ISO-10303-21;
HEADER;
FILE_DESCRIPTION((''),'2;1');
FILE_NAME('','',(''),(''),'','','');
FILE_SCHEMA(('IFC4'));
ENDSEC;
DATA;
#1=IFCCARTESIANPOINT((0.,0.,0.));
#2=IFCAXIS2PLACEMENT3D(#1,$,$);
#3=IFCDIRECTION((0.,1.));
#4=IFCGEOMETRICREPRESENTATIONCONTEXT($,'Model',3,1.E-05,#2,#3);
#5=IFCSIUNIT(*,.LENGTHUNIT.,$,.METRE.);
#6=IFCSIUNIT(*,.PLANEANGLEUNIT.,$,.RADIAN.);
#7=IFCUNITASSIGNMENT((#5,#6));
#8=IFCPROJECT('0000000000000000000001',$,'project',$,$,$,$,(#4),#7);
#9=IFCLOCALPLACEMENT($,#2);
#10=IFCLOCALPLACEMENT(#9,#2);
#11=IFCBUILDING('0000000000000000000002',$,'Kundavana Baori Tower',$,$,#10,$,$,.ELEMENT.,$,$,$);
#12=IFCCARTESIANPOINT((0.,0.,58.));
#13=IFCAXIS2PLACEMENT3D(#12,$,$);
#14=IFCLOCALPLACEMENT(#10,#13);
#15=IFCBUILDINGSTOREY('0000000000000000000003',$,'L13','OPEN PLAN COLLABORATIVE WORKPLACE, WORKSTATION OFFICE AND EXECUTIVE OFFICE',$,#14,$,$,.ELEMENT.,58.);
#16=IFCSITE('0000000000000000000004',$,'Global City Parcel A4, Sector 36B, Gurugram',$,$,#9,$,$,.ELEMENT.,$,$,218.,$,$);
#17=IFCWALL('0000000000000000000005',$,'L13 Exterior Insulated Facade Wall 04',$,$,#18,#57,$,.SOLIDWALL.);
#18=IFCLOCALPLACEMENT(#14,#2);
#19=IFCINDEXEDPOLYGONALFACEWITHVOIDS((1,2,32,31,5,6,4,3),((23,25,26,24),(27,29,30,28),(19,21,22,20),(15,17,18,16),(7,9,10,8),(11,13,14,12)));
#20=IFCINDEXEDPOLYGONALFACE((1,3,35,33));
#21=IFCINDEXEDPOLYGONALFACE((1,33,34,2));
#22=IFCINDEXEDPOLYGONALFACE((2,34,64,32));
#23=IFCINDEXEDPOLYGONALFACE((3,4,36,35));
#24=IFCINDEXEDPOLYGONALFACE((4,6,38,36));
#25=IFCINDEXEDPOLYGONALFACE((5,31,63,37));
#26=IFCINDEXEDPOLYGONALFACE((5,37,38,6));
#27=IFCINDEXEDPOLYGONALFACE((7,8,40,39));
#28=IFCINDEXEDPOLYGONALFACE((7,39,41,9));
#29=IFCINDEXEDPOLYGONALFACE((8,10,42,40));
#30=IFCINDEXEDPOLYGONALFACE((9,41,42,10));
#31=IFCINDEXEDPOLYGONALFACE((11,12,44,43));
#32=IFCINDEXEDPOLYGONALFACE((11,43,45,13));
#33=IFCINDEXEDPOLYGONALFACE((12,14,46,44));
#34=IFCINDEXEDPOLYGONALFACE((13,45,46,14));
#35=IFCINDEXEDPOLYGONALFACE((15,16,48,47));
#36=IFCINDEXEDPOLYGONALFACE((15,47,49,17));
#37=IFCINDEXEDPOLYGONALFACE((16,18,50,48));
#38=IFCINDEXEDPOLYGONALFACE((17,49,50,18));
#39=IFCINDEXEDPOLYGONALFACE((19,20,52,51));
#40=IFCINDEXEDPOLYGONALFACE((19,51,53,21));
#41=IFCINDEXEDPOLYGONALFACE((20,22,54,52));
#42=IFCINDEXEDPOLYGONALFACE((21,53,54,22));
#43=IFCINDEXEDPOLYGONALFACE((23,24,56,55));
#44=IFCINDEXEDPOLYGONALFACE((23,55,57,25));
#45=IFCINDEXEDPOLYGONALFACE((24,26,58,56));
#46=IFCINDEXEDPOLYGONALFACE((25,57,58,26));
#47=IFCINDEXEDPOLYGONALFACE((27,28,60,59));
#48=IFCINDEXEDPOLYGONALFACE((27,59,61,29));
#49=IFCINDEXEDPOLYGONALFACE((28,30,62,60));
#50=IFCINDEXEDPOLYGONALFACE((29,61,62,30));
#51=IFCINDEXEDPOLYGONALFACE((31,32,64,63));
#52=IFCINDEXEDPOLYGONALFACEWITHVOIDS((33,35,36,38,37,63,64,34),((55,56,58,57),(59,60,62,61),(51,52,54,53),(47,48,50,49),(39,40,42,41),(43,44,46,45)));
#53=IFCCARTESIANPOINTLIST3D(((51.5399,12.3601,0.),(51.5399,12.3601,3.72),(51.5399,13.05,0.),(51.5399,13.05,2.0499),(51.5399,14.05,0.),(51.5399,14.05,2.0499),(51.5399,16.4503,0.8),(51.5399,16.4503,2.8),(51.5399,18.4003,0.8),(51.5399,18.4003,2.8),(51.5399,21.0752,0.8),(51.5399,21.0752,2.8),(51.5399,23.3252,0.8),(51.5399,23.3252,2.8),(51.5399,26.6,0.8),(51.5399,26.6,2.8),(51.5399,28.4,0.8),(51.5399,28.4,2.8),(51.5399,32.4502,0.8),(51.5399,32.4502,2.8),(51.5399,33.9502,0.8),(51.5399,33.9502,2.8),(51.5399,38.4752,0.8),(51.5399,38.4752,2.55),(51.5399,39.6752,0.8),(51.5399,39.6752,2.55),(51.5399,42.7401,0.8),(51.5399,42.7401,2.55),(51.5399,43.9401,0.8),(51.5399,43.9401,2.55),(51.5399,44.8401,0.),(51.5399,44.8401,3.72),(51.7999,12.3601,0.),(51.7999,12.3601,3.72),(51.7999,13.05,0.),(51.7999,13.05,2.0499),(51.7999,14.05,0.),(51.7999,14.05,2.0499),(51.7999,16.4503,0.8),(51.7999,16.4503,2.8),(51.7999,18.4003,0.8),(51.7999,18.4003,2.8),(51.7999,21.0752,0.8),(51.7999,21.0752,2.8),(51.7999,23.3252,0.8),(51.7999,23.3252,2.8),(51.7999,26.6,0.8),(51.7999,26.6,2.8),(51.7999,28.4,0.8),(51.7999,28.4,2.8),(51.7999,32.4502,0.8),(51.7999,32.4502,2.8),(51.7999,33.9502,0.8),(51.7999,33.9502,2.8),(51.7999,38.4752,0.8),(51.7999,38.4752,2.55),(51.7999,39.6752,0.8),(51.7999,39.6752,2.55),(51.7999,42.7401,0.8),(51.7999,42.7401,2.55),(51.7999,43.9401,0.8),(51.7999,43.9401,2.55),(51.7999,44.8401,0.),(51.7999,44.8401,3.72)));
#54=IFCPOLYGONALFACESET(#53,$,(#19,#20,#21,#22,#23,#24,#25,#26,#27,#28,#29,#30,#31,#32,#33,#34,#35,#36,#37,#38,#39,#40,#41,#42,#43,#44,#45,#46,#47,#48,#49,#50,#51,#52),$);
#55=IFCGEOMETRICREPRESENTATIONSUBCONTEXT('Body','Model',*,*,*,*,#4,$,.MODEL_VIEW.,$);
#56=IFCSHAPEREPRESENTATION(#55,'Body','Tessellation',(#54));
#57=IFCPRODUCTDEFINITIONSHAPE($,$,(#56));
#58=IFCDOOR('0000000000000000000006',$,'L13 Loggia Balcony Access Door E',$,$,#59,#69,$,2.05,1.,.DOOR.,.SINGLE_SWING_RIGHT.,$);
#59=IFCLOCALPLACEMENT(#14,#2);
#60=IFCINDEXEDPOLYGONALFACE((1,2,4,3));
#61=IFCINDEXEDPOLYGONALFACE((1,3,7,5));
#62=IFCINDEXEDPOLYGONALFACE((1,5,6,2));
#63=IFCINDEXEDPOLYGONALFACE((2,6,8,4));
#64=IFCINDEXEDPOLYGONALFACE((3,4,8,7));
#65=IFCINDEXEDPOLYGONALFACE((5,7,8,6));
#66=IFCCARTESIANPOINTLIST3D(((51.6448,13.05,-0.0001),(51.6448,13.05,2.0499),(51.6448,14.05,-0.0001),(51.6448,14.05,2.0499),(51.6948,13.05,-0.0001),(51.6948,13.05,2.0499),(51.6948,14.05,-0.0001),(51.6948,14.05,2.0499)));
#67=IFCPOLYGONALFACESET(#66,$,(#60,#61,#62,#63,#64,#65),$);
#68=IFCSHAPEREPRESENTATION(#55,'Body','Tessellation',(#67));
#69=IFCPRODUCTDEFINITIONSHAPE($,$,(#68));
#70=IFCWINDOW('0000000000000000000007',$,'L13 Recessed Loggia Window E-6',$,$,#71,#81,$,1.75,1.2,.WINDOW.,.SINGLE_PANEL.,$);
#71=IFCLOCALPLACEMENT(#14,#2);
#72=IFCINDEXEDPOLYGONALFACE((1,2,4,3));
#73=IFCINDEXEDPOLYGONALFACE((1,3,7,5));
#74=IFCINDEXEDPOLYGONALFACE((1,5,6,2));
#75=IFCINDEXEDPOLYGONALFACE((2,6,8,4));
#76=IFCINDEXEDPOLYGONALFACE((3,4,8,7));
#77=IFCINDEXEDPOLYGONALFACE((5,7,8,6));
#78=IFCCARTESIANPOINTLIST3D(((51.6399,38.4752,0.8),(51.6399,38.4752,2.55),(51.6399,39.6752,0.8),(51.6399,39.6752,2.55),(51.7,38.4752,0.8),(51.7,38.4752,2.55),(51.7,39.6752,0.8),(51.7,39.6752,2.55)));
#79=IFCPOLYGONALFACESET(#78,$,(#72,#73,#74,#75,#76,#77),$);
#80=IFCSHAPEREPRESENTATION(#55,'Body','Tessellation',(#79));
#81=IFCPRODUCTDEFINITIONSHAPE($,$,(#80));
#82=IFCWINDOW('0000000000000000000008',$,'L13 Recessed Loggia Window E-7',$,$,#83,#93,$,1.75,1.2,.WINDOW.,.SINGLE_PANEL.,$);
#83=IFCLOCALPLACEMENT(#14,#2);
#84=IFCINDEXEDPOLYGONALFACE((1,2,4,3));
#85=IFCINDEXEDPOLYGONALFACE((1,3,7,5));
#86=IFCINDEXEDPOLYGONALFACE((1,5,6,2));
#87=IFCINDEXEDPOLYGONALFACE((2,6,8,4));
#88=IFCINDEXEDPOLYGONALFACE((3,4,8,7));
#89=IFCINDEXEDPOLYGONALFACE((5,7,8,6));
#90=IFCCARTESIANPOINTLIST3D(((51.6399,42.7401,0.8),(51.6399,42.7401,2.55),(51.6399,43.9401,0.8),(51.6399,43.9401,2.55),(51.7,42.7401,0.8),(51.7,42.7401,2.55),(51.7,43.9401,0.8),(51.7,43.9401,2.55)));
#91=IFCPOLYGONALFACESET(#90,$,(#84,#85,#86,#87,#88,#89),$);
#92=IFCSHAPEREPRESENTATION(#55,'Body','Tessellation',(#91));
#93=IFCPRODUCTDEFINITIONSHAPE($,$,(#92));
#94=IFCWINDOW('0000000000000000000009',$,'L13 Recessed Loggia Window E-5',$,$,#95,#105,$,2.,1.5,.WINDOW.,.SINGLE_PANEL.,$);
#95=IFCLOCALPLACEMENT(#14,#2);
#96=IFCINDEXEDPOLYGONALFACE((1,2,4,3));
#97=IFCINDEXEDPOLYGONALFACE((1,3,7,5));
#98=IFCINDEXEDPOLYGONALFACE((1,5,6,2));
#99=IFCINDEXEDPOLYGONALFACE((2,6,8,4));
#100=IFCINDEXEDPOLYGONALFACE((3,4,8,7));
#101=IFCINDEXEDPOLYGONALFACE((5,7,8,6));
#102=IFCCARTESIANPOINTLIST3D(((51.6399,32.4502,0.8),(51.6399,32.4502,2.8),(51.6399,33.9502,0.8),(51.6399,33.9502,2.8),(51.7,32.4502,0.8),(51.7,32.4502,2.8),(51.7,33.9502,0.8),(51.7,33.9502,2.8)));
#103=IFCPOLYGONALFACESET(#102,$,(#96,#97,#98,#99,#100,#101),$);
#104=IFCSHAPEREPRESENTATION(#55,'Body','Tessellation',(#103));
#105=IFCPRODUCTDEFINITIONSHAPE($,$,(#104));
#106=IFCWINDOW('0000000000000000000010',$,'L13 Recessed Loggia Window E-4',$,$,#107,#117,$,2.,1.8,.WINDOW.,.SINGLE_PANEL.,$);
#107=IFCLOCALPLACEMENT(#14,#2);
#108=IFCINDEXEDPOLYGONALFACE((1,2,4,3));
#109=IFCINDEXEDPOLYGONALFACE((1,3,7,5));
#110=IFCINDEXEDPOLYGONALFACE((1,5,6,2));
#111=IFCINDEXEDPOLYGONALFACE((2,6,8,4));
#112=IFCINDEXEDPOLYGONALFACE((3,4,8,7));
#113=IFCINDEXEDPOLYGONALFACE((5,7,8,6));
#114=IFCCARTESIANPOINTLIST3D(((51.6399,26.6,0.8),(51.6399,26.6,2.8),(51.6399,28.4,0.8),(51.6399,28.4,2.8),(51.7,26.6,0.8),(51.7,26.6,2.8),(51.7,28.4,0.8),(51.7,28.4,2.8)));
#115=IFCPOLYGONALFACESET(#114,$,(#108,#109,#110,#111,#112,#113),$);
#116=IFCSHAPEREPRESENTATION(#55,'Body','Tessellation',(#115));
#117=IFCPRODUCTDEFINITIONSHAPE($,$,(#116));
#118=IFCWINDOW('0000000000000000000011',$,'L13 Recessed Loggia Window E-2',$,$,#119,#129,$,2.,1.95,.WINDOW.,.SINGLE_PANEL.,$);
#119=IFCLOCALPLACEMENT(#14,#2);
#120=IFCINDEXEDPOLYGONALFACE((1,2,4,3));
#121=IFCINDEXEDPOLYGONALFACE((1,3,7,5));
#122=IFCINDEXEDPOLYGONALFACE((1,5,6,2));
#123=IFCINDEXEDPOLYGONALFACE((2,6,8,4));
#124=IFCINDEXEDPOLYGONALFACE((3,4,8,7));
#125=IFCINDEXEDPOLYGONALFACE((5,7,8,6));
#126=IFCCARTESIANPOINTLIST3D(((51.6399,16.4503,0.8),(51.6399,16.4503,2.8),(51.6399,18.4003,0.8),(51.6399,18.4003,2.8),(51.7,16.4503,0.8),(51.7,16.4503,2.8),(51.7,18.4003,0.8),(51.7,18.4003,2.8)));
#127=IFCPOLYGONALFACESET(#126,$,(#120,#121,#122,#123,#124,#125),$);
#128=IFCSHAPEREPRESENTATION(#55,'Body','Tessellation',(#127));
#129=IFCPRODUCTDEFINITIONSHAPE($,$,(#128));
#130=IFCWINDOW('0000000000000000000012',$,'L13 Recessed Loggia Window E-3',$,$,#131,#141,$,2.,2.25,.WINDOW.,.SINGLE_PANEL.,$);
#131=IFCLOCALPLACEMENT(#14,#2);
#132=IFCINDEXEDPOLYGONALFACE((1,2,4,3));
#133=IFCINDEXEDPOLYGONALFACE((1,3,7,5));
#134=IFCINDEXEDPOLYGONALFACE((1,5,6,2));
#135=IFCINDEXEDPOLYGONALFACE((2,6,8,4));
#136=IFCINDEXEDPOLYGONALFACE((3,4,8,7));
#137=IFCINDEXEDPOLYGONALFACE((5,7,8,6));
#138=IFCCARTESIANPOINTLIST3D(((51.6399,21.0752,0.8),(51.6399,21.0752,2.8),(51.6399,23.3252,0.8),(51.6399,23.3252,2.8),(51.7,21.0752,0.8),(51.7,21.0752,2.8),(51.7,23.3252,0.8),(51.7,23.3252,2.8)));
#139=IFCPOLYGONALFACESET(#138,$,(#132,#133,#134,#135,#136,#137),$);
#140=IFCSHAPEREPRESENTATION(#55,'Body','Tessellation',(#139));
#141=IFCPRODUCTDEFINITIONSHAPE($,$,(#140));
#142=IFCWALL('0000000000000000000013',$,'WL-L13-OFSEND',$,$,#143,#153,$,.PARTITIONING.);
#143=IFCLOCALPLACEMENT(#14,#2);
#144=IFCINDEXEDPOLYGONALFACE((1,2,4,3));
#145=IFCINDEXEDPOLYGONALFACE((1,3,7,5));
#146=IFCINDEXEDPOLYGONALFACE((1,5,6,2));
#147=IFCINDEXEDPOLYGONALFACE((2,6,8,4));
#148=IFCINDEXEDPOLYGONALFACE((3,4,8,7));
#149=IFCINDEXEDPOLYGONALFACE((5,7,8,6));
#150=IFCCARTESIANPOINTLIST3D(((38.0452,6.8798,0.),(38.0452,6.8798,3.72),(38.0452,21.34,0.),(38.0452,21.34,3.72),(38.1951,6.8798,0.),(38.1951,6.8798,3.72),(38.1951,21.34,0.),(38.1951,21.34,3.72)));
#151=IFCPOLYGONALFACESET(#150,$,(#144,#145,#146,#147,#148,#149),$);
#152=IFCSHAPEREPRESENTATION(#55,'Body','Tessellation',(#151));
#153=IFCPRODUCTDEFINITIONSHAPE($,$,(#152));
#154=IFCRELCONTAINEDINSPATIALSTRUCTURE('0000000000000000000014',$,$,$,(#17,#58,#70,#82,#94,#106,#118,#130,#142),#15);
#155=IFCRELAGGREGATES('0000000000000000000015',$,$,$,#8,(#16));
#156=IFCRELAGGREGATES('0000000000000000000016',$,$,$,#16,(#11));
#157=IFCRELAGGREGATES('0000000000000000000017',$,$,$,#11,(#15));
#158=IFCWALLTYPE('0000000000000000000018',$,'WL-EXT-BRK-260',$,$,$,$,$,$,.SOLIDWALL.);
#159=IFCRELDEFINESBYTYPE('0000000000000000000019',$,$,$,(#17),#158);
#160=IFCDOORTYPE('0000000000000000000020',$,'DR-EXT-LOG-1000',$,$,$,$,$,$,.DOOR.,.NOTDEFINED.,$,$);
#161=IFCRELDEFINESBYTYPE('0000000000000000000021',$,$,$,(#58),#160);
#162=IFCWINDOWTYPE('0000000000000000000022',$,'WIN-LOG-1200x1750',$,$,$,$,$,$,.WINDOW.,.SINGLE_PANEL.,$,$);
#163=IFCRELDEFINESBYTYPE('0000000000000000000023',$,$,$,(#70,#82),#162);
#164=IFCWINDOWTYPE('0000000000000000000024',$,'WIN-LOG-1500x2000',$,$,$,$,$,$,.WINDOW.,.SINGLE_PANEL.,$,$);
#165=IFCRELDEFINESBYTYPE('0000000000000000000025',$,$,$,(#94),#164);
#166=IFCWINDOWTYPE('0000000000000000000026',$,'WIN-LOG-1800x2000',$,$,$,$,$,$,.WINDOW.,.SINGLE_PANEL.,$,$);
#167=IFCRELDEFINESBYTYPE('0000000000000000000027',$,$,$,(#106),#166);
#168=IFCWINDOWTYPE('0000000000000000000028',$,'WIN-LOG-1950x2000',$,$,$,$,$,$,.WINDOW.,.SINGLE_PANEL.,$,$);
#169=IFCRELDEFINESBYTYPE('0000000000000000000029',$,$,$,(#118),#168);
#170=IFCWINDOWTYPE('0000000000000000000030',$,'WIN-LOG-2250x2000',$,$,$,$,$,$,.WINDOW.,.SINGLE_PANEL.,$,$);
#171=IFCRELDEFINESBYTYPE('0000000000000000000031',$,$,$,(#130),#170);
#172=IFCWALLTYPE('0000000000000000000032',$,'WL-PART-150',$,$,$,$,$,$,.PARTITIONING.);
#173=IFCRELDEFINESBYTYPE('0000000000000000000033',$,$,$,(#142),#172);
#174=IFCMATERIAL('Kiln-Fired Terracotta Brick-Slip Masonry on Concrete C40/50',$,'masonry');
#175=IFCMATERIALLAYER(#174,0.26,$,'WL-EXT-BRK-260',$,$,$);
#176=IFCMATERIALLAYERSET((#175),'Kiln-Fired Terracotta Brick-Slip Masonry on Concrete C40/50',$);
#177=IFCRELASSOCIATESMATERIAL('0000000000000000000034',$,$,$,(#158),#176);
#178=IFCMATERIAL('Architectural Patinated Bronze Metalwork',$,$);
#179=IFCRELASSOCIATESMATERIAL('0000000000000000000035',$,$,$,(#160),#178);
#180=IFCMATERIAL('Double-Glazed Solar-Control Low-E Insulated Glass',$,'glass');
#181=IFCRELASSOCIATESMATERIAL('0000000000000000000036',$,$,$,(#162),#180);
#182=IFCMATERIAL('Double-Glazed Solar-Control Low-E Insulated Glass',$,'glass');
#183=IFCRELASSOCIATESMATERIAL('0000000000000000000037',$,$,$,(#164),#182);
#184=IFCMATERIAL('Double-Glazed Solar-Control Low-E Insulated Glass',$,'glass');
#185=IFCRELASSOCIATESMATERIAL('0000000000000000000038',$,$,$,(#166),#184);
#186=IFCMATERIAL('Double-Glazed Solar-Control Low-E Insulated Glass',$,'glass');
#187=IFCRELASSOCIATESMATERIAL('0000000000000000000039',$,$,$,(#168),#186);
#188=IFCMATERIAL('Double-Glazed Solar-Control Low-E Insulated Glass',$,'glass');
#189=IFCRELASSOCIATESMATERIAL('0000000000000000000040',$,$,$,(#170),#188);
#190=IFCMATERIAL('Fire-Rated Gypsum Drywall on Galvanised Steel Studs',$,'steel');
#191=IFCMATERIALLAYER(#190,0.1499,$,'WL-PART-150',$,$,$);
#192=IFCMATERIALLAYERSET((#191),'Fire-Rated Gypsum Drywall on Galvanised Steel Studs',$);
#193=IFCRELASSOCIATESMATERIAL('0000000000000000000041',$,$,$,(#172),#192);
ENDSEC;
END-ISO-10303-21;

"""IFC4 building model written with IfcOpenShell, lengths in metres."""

from ifc_helpers import new_model, si_unit, direction, frame, frame_2d, origin, place, context, subcontext, project, spatial, rectangle, extrude, material, layer, layer_set, type_object, element, fill, save


model = new_model("IFC4")

# Units and contexts
model_context = context("Model", 3, precision=1e-05, world=origin(), true_north=direction((0.0, 1.0)))
body_context = subcontext(model_context, "Body", "Model", "MODEL_VIEW")
ifc_project = project(units=[si_unit("LENGTHUNIT", "METRE"), si_unit("PLANEANGLEUNIT", "RADIAN")], contexts=[model_context])

# Site, building, storey
site_placement = place(None, origin())
site = spatial("IfcSite", under=ifc_project, at=site_placement, Name="Global City Parcel A4, Sector 36B, Gurugram", CompositionType="ELEMENT", RefElevation=218.0)
building_placement = place(site_placement, origin())
building = spatial("IfcBuilding", under=site, at=building_placement, Name="Kundavana Baori Tower", CompositionType="ELEMENT")
storey_placement = place(building_placement, frame((0.0, 0.0, 58.0)))
storey = spatial("IfcBuildingStorey", under=building, at=storey_placement, Name="L13", Description="OPEN PLAN COLLABORATIVE WORKPLACE, WORKSTATION OFFICE AND EXECUTIVE OFFICE", CompositionType="ELEMENT", Elevation=58.0)

# Shared definitions
ifc_material_1 = material(Name="Kiln-Fired Terracotta Brick-Slip Masonry on Concrete C40/50", Category="masonry")
ifc_layer_1 = layer(ifc_material_1, 0.26, Name="WL-EXT-BRK-260")
ifc_layer_set_1 = layer_set([ifc_layer_1], Name="Kiln-Fired Terracotta Brick-Slip Masonry on Concrete C40/50")
wall_type_1 = type_object("IfcWallType", Name="WL-EXT-BRK-260", PredefinedType="SOLIDWALL", material=ifc_layer_set_1)

# Wall, openings, door, windows
wall_1_placement = place(storey_placement, frame((51.6699, 12.3601, 0.0), z_axis=(0.0, 0.0, 1.0), x_axis=(0.0, 1.0, 0.0)))
wall_1 = element("IfcWall", 1, at=wall_1_placement, inside=storey, type_object=wall_type_1, Name="L13 Exterior Insulated Facade Wall 04", PredefinedType="SOLIDWALL", context=body_context, shape_type="SweptSolid", body=[
    extrude(rectangle(XDim=32.48, YDim=0.26, at=frame_2d((16.24, 0.0))), origin(), (0.0, 0.0, 1.0), 3.72),
])
opening_1_placement = place(wall_1_placement, frame((0.6899, 0.0, 0.0)))
opening_1 = element("IfcOpeningElement", 2, at=opening_1_placement, cuts=wall_1, PredefinedType="OPENING", context=body_context, shape_type="SweptSolid", body=[
    extrude(rectangle(XDim=1.0, YDim=2.05, at=frame_2d((0.5, 1.0249))), frame((0.0, 0.1401, 0.0), z_axis=(0.0, -1.0, 0.0), x_axis=(1.0, 0.0, 0.0)), (0.0, 0.0, 1.0), 0.28),
])
opening_2_placement = place(wall_1_placement, frame((4.0901, 0.0, 0.8)))
opening_2 = element("IfcOpeningElement", 3, at=opening_2_placement, cuts=wall_1, PredefinedType="OPENING", context=body_context, shape_type="SweptSolid", body=[
    extrude(rectangle(XDim=1.95, YDim=2.0, at=frame_2d((0.9751, 1.0))), frame((0.0, 0.1401, 0.0), z_axis=(0.0, -1.0, 0.0), x_axis=(1.0, 0.0, 0.0)), (0.0, 0.0, 1.0), 0.28),
])
opening_3_placement = place(wall_1_placement, frame((8.7151, 0.0, 0.8)))
opening_3 = element("IfcOpeningElement", 4, at=opening_3_placement, cuts=wall_1, PredefinedType="OPENING", context=body_context, shape_type="SweptSolid", body=[
    extrude(rectangle(XDim=2.25, YDim=2.0, at=frame_2d((1.125, 1.0))), frame((0.0, 0.1401, 0.0), z_axis=(0.0, -1.0, 0.0), x_axis=(1.0, 0.0, 0.0)), (0.0, 0.0, 1.0), 0.28),
])
opening_4_placement = place(wall_1_placement, frame((14.24, 0.0, 0.8)))
opening_4 = element("IfcOpeningElement", 5, at=opening_4_placement, cuts=wall_1, PredefinedType="OPENING", context=body_context, shape_type="SweptSolid", body=[
    extrude(rectangle(XDim=1.8, YDim=2.0, at=frame_2d((0.8999, 1.0))), frame((0.0, 0.1401, 0.0), z_axis=(0.0, -1.0, 0.0), x_axis=(1.0, 0.0, 0.0)), (0.0, 0.0, 1.0), 0.28),
])
opening_5_placement = place(wall_1_placement, frame((20.0901, 0.0, 0.8)))
opening_5 = element("IfcOpeningElement", 6, at=opening_5_placement, cuts=wall_1, PredefinedType="OPENING", context=body_context, shape_type="SweptSolid", body=[
    extrude(rectangle(XDim=1.5, YDim=2.0, at=frame_2d((0.75, 1.0))), frame((0.0, 0.1401, 0.0), z_axis=(0.0, -1.0, 0.0), x_axis=(1.0, 0.0, 0.0)), (0.0, 0.0, 1.0), 0.28),
])
opening_6_placement = place(wall_1_placement, frame((26.115, 0.0, 0.8)))
opening_6 = element("IfcOpeningElement", 7, at=opening_6_placement, cuts=wall_1, PredefinedType="OPENING", context=body_context, shape_type="SweptSolid", body=[
    extrude(rectangle(XDim=1.2, YDim=1.75, at=frame_2d((0.6001, 0.875))), frame((0.0, 0.1401, 0.0), z_axis=(0.0, -1.0, 0.0), x_axis=(1.0, 0.0, 0.0)), (0.0, 0.0, 1.0), 0.28),
])
opening_7_placement = place(wall_1_placement, frame((30.3799, 0.0, 0.8)))
opening_7 = element("IfcOpeningElement", 8, at=opening_7_placement, cuts=wall_1, PredefinedType="OPENING", context=body_context, shape_type="SweptSolid", body=[
    extrude(rectangle(XDim=1.2, YDim=1.75, at=frame_2d((0.6001, 0.875))), frame((0.0, 0.1401, 0.0), z_axis=(0.0, -1.0, 0.0), x_axis=(1.0, 0.0, 0.0)), (0.0, 0.0, 1.0), 0.28),
])
ifc_material_2 = material(Name="Architectural Patinated Bronze Metalwork")
door_type_1 = type_object("IfcDoorType", Name="DR-EXT-LOG-1000", OperationType="NOTDEFINED", PredefinedType="DOOR", material=ifc_material_2)
door_1_placement = place(opening_1_placement, frame((1.0, 0.0, 0.0), z_axis=(0.0, 0.0, 1.0), x_axis=(-1.0, 0.0, 0.0)))
door_1 = element("IfcDoor", 9, at=door_1_placement, inside=storey, type_object=door_type_1, Name="L13 Loggia Balcony Access Door E", OperationType="SINGLE_SWING_RIGHT", OverallHeight=2.05, OverallWidth=1.0, PredefinedType="DOOR", context=body_context, shape_type="SweptSolid", body=[
    extrude(rectangle(XDim=1.0, YDim=2.05, at=frame_2d((0.5, 1.0249))), frame((0.0, 0.0249, 0.0), z_axis=(0.0, -1.0, 0.0), x_axis=(1.0, 0.0, 0.0)), (0.0, 0.0, 1.0), 0.05),
])
fill(opening_1, door_1)
ifc_material_3 = material(Name="Double-Glazed Solar-Control Low-E Insulated Glass", Category="glass")
window_type_1 = type_object("IfcWindowType", Name="WIN-LOG-1200x1750", PartitioningType="SINGLE_PANEL", PredefinedType="WINDOW", material=ifc_material_3)
window_1_placement = place(opening_6_placement, origin())
window_1 = element("IfcWindow", 10, at=window_1_placement, inside=storey, type_object=window_type_1, Name="L13 Recessed Loggia Window E-6", OverallHeight=1.75, OverallWidth=1.2, PartitioningType="SINGLE_PANEL", PredefinedType="WINDOW", context=body_context, shape_type="SweptSolid", body=[
    extrude(rectangle(XDim=1.2, YDim=1.75, at=frame_2d((0.6001, 0.875))), frame((0.0, 0.03, 0.0), z_axis=(0.0, -1.0, 0.0), x_axis=(1.0, 0.0, 0.0)), (0.0, 0.0, 1.0), 0.0601),
])
fill(opening_6, window_1)
window_2_placement = place(opening_7_placement, origin())
window_2 = element("IfcWindow", 11, at=window_2_placement, inside=storey, type_object=window_type_1, Name="L13 Recessed Loggia Window E-7", OverallHeight=1.75, OverallWidth=1.2, PartitioningType="SINGLE_PANEL", PredefinedType="WINDOW", context=body_context, shape_type="SweptSolid", body=[
    extrude(rectangle(XDim=1.2, YDim=1.75, at=frame_2d((0.6001, 0.875))), frame((0.0, 0.03, 0.0), z_axis=(0.0, -1.0, 0.0), x_axis=(1.0, 0.0, 0.0)), (0.0, 0.0, 1.0), 0.0601),
])
fill(opening_7, window_2)
ifc_material_4 = material(Name="Double-Glazed Solar-Control Low-E Insulated Glass", Category="glass")
window_type_2 = type_object("IfcWindowType", Name="WIN-LOG-1500x2000", PartitioningType="SINGLE_PANEL", PredefinedType="WINDOW", material=ifc_material_4)
window_3_placement = place(opening_5_placement, origin())
window_3 = element("IfcWindow", 12, at=window_3_placement, inside=storey, type_object=window_type_2, Name="L13 Recessed Loggia Window E-5", OverallHeight=2.0, OverallWidth=1.5, PartitioningType="SINGLE_PANEL", PredefinedType="WINDOW", context=body_context, shape_type="SweptSolid", body=[
    extrude(rectangle(XDim=1.5, YDim=2.0, at=frame_2d((0.75, 1.0))), frame((0.0, 0.03, 0.0), z_axis=(0.0, -1.0, 0.0), x_axis=(1.0, 0.0, 0.0)), (0.0, 0.0, 1.0), 0.0601),
])
fill(opening_5, window_3)
ifc_material_5 = material(Name="Double-Glazed Solar-Control Low-E Insulated Glass", Category="glass")
window_type_3 = type_object("IfcWindowType", Name="WIN-LOG-1800x2000", PartitioningType="SINGLE_PANEL", PredefinedType="WINDOW", material=ifc_material_5)
window_4_placement = place(opening_4_placement, origin())
window_4 = element("IfcWindow", 13, at=window_4_placement, inside=storey, type_object=window_type_3, Name="L13 Recessed Loggia Window E-4", OverallHeight=2.0, OverallWidth=1.8, PartitioningType="SINGLE_PANEL", PredefinedType="WINDOW", context=body_context, shape_type="SweptSolid", body=[
    extrude(rectangle(XDim=1.8, YDim=2.0, at=frame_2d((0.8999, 1.0))), frame((0.0, 0.03, 0.0), z_axis=(0.0, -1.0, 0.0), x_axis=(1.0, 0.0, 0.0)), (0.0, 0.0, 1.0), 0.0601),
])
fill(opening_4, window_4)
ifc_material_6 = material(Name="Double-Glazed Solar-Control Low-E Insulated Glass", Category="glass")
window_type_4 = type_object("IfcWindowType", Name="WIN-LOG-1950x2000", PartitioningType="SINGLE_PANEL", PredefinedType="WINDOW", material=ifc_material_6)
window_5_placement = place(opening_2_placement, origin())
window_5 = element("IfcWindow", 14, at=window_5_placement, inside=storey, type_object=window_type_4, Name="L13 Recessed Loggia Window E-2", OverallHeight=2.0, OverallWidth=1.95, PartitioningType="SINGLE_PANEL", PredefinedType="WINDOW", context=body_context, shape_type="SweptSolid", body=[
    extrude(rectangle(XDim=1.95, YDim=2.0, at=frame_2d((0.9751, 1.0))), frame((0.0, 0.03, 0.0), z_axis=(0.0, -1.0, 0.0), x_axis=(1.0, 0.0, 0.0)), (0.0, 0.0, 1.0), 0.0601),
])
fill(opening_2, window_5)
ifc_material_7 = material(Name="Double-Glazed Solar-Control Low-E Insulated Glass", Category="glass")
window_type_5 = type_object("IfcWindowType", Name="WIN-LOG-2250x2000", PartitioningType="SINGLE_PANEL", PredefinedType="WINDOW", material=ifc_material_7)
window_6_placement = place(opening_3_placement, origin())
window_6 = element("IfcWindow", 15, at=window_6_placement, inside=storey, type_object=window_type_5, Name="L13 Recessed Loggia Window E-3", OverallHeight=2.0, OverallWidth=2.25, PartitioningType="SINGLE_PANEL", PredefinedType="WINDOW", context=body_context, shape_type="SweptSolid", body=[
    extrude(rectangle(XDim=2.25, YDim=2.0, at=frame_2d((1.125, 1.0))), frame((0.0, 0.03, 0.0), z_axis=(0.0, -1.0, 0.0), x_axis=(1.0, 0.0, 0.0)), (0.0, 0.0, 1.0), 0.0601),
])
fill(opening_3, window_6)

# Wall
ifc_material_8 = material(Name="Fire-Rated Gypsum Drywall on Galvanised Steel Studs", Category="steel")
ifc_layer_2 = layer(ifc_material_8, 0.1499, Name="WL-PART-150")
ifc_layer_set_2 = layer_set([ifc_layer_2], Name="Fire-Rated Gypsum Drywall on Galvanised Steel Studs")
wall_type_2 = type_object("IfcWallType", Name="WL-PART-150", PredefinedType="PARTITIONING", material=ifc_layer_set_2)
wall_2_placement = place(storey_placement, frame((38.1201, 6.8799, 0.0), z_axis=(0.0, 0.0, 1.0), x_axis=(0.0, 1.0, 0.0)))
element("IfcWall", 16, at=wall_2_placement, inside=storey, type_object=wall_type_2, Name="WL-L13-OFSEND", PredefinedType="PARTITIONING", context=body_context, shape_type="SweptSolid", body=[
    extrude(rectangle(XDim=14.4602, YDim=0.1499, at=frame_2d((7.23, 0.0))), origin(), (0.0, 0.0, 1.0), 3.72),
])

save(model, "model.ifc")
